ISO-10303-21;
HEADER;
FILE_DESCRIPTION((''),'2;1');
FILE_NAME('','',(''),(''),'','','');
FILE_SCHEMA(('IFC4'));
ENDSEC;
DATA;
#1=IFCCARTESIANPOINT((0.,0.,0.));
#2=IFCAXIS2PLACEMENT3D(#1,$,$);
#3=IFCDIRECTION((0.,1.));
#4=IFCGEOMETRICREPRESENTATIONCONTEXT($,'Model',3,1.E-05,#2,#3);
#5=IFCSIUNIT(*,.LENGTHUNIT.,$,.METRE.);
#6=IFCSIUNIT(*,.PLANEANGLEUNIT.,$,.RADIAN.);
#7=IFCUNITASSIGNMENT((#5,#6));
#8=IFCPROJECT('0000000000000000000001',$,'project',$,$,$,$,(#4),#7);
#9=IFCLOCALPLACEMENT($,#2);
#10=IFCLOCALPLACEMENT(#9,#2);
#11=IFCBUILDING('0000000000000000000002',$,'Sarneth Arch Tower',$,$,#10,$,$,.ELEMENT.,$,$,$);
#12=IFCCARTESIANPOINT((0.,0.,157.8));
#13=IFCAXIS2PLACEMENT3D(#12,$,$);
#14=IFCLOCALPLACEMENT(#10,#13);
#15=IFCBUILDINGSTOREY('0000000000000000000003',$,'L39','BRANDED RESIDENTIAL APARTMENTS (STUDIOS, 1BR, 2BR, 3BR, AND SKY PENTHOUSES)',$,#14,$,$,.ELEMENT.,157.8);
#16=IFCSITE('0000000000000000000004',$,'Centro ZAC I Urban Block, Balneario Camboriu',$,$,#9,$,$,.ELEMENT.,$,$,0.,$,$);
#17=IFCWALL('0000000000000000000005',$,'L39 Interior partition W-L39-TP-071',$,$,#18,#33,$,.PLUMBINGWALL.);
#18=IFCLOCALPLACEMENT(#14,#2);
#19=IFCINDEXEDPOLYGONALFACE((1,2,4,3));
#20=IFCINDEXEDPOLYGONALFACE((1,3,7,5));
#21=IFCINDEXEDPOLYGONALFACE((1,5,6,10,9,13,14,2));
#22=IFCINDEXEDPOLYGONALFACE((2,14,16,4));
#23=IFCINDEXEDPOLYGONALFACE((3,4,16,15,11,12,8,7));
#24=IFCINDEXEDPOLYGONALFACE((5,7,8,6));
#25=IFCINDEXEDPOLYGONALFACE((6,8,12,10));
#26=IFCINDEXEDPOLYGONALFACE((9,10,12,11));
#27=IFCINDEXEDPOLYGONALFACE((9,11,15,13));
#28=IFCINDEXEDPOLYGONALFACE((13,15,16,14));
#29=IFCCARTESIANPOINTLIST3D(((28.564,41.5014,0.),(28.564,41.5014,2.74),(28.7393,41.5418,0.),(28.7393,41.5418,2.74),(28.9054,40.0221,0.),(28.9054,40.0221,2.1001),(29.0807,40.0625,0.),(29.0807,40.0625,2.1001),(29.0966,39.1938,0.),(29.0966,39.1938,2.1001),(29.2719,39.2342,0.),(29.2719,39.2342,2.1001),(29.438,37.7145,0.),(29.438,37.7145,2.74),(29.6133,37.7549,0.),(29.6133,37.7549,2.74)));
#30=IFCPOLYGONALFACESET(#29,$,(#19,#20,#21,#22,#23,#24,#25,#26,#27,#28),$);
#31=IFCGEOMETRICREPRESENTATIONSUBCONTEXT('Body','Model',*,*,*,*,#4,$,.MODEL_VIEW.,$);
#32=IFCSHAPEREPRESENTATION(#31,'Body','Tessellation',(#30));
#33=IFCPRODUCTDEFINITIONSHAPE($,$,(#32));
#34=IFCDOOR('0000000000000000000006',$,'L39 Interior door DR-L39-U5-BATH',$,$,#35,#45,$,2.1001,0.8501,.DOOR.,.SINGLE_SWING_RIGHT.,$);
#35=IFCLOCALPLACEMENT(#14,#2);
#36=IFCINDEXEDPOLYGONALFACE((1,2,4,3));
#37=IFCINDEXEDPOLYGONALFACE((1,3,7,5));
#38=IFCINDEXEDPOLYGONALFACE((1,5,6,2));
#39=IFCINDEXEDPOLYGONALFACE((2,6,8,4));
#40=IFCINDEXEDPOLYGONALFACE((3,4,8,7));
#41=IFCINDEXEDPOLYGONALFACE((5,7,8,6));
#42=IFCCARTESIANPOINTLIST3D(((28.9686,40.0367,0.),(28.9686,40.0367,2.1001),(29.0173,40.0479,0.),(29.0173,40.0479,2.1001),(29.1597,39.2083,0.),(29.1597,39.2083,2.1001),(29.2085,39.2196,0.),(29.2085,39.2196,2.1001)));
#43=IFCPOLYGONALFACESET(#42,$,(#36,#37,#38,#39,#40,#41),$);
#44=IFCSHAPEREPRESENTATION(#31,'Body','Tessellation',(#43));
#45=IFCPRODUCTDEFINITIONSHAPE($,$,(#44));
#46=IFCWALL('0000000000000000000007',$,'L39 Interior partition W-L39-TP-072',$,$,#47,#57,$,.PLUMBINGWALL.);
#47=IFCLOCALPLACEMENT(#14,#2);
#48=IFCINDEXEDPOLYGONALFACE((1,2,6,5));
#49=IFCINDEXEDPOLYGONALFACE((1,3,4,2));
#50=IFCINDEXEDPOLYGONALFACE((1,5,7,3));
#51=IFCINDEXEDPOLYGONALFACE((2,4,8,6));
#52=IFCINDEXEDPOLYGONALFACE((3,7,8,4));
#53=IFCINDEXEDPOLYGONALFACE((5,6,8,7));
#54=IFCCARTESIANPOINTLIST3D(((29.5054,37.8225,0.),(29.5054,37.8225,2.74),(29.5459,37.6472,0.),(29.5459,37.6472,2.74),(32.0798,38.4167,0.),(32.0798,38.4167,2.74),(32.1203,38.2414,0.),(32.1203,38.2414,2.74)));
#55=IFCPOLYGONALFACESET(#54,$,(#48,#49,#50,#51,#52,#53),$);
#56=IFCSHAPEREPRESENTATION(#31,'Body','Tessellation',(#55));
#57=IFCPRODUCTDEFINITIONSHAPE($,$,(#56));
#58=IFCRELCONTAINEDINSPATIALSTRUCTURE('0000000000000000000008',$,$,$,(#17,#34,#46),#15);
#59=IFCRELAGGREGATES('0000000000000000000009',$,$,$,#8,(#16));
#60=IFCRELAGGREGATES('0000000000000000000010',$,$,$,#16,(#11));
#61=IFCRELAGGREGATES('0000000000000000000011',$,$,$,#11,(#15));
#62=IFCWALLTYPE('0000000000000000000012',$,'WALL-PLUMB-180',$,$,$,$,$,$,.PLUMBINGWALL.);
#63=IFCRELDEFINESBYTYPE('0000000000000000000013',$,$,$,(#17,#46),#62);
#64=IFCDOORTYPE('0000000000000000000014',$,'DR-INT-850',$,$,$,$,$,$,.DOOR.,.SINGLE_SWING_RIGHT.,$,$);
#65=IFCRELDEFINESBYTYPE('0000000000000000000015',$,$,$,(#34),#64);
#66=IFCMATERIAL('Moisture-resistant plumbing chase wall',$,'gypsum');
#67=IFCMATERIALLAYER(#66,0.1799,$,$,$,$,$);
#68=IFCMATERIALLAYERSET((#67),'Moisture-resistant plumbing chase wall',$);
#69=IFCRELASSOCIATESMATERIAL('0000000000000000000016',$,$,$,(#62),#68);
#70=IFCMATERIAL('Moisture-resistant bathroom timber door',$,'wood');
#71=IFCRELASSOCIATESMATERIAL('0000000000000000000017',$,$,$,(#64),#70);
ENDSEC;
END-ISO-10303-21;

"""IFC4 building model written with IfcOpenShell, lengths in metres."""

from ifc_helpers import new_model, si_unit, direction, frame, frame_2d, origin, place, context, subcontext, project, spatial, rectangle, extrude, material, layer, layer_set, type_object, element, fill, save


model = new_model("IFC4")

# Units and contexts
model_context = context("Model", 3, precision=1e-05, world=origin(), true_north=direction((0.0, 1.0)))
body_context = subcontext(model_context, "Body", "Model", "MODEL_VIEW")
ifc_project = project(units=[si_unit("LENGTHUNIT", "METRE"), si_unit("PLANEANGLEUNIT", "RADIAN")], contexts=[model_context])

# Site, building, storey
site_placement = place(None, origin())
site = spatial("IfcSite", under=ifc_project, at=site_placement, Name="Centro ZAC I Urban Block, Balneario Camboriu", CompositionType="ELEMENT", RefElevation=0.0)
building_placement = place(site_placement, origin())
building = spatial("IfcBuilding", under=site, at=building_placement, Name="Sarneth Arch Tower", CompositionType="ELEMENT")
storey_placement = place(building_placement, frame((0.0, 0.0, 157.8)))
storey = spatial("IfcBuildingStorey", under=building, at=storey_placement, Name="L39", Description="BRANDED RESIDENTIAL APARTMENTS (STUDIOS, 1BR, 2BR, 3BR, AND SKY PENTHOUSES)", CompositionType="ELEMENT", Elevation=157.8)

# Wall, opening, door
ifc_material_1 = material(Name="Moisture-resistant plumbing chase wall", Category="gypsum")
ifc_layer_1 = layer(ifc_material_1, 0.1799)
ifc_layer_set_1 = layer_set([ifc_layer_1], Name="Moisture-resistant plumbing chase wall")
wall_type_1 = type_object("IfcWallType", Name="WALL-PLUMB-180", PredefinedType="PLUMBINGWALL", material=ifc_layer_set_1)
wall_1_placement = place(storey_placement, frame((28.6516, 41.5217, 0.0), z_axis=(0.0, 0.0, 1.0), x_axis=(0.224892, -0.974384, 0.0)))
wall_1 = element("IfcWall", 1, at=wall_1_placement, inside=storey, type_object=wall_type_1, Name="L39 Interior partition W-L39-TP-071", PredefinedType="PLUMBINGWALL", context=body_context, shape_type="SweptSolid", body=[
    extrude(rectangle(XDim=3.8865, YDim=0.1799, at=frame_2d((1.9434, 0.0))), origin(), (0.0, 0.0, 1.0), 2.74),
])
opening_1_placement = place(wall_1_placement, frame((1.5183, 0.0, 0.0)))
opening_1 = element("IfcOpeningElement", 2, at=opening_1_placement, cuts=wall_1, PredefinedType="OPENING", context=body_context, shape_type="SweptSolid", body=[
    extrude(rectangle(XDim=0.8501, YDim=2.1001, at=frame_2d((0.425, 1.05))), frame((0.0, 0.0999, 0.0), z_axis=(0.0, -1.0, 0.0), x_axis=(1.0, 0.0, 0.0)), (0.0, 0.0, 1.0), 0.2),
])
ifc_material_2 = material(Name="Moisture-resistant bathroom timber door", Category="wood")
door_type_1 = type_object("IfcDoorType", Name="DR-INT-850", OperationType="SINGLE_SWING_RIGHT", PredefinedType="DOOR", material=ifc_material_2)
door_1_placement = place(opening_1_placement, origin())
door_1 = element("IfcDoor", 3, at=door_1_placement, inside=storey, type_object=door_type_1, Name="L39 Interior door DR-L39-U5-BATH", OperationType="SINGLE_SWING_RIGHT", OverallHeight=2.1001, OverallWidth=0.8501, PredefinedType="DOOR", context=body_context, shape_type="SweptSolid", body=[
    extrude(rectangle(XDim=0.8501, YDim=2.1001, at=frame_2d((0.425, 1.05))), frame((0.0, 0.0249, 0.0), z_axis=(0.0, -1.0, 0.0), x_axis=(1.0, 0.0, 0.0)), (0.0, 0.0, 1.0), 0.05),
])
fill(opening_1, door_1)

# Wall
wall_2_placement = place(storey_placement, frame((29.5256, 37.7349, 0.0), z_axis=(0.0, 0.0, 1.0), x_axis=(0.97438, 0.224907, 0.0)))
element("IfcWall", 4, at=wall_2_placement, inside=storey, type_object=wall_type_1, Name="L39 Interior partition W-L39-TP-072", PredefinedType="PLUMBINGWALL", context=body_context, shape_type="SweptSolid", body=[
    extrude(rectangle(XDim=2.6421, YDim=0.1799, at=frame_2d((1.321, 0.0))), origin(), (0.0, 0.0, 1.0), 2.74),
])

save(model, "model.ifc")
